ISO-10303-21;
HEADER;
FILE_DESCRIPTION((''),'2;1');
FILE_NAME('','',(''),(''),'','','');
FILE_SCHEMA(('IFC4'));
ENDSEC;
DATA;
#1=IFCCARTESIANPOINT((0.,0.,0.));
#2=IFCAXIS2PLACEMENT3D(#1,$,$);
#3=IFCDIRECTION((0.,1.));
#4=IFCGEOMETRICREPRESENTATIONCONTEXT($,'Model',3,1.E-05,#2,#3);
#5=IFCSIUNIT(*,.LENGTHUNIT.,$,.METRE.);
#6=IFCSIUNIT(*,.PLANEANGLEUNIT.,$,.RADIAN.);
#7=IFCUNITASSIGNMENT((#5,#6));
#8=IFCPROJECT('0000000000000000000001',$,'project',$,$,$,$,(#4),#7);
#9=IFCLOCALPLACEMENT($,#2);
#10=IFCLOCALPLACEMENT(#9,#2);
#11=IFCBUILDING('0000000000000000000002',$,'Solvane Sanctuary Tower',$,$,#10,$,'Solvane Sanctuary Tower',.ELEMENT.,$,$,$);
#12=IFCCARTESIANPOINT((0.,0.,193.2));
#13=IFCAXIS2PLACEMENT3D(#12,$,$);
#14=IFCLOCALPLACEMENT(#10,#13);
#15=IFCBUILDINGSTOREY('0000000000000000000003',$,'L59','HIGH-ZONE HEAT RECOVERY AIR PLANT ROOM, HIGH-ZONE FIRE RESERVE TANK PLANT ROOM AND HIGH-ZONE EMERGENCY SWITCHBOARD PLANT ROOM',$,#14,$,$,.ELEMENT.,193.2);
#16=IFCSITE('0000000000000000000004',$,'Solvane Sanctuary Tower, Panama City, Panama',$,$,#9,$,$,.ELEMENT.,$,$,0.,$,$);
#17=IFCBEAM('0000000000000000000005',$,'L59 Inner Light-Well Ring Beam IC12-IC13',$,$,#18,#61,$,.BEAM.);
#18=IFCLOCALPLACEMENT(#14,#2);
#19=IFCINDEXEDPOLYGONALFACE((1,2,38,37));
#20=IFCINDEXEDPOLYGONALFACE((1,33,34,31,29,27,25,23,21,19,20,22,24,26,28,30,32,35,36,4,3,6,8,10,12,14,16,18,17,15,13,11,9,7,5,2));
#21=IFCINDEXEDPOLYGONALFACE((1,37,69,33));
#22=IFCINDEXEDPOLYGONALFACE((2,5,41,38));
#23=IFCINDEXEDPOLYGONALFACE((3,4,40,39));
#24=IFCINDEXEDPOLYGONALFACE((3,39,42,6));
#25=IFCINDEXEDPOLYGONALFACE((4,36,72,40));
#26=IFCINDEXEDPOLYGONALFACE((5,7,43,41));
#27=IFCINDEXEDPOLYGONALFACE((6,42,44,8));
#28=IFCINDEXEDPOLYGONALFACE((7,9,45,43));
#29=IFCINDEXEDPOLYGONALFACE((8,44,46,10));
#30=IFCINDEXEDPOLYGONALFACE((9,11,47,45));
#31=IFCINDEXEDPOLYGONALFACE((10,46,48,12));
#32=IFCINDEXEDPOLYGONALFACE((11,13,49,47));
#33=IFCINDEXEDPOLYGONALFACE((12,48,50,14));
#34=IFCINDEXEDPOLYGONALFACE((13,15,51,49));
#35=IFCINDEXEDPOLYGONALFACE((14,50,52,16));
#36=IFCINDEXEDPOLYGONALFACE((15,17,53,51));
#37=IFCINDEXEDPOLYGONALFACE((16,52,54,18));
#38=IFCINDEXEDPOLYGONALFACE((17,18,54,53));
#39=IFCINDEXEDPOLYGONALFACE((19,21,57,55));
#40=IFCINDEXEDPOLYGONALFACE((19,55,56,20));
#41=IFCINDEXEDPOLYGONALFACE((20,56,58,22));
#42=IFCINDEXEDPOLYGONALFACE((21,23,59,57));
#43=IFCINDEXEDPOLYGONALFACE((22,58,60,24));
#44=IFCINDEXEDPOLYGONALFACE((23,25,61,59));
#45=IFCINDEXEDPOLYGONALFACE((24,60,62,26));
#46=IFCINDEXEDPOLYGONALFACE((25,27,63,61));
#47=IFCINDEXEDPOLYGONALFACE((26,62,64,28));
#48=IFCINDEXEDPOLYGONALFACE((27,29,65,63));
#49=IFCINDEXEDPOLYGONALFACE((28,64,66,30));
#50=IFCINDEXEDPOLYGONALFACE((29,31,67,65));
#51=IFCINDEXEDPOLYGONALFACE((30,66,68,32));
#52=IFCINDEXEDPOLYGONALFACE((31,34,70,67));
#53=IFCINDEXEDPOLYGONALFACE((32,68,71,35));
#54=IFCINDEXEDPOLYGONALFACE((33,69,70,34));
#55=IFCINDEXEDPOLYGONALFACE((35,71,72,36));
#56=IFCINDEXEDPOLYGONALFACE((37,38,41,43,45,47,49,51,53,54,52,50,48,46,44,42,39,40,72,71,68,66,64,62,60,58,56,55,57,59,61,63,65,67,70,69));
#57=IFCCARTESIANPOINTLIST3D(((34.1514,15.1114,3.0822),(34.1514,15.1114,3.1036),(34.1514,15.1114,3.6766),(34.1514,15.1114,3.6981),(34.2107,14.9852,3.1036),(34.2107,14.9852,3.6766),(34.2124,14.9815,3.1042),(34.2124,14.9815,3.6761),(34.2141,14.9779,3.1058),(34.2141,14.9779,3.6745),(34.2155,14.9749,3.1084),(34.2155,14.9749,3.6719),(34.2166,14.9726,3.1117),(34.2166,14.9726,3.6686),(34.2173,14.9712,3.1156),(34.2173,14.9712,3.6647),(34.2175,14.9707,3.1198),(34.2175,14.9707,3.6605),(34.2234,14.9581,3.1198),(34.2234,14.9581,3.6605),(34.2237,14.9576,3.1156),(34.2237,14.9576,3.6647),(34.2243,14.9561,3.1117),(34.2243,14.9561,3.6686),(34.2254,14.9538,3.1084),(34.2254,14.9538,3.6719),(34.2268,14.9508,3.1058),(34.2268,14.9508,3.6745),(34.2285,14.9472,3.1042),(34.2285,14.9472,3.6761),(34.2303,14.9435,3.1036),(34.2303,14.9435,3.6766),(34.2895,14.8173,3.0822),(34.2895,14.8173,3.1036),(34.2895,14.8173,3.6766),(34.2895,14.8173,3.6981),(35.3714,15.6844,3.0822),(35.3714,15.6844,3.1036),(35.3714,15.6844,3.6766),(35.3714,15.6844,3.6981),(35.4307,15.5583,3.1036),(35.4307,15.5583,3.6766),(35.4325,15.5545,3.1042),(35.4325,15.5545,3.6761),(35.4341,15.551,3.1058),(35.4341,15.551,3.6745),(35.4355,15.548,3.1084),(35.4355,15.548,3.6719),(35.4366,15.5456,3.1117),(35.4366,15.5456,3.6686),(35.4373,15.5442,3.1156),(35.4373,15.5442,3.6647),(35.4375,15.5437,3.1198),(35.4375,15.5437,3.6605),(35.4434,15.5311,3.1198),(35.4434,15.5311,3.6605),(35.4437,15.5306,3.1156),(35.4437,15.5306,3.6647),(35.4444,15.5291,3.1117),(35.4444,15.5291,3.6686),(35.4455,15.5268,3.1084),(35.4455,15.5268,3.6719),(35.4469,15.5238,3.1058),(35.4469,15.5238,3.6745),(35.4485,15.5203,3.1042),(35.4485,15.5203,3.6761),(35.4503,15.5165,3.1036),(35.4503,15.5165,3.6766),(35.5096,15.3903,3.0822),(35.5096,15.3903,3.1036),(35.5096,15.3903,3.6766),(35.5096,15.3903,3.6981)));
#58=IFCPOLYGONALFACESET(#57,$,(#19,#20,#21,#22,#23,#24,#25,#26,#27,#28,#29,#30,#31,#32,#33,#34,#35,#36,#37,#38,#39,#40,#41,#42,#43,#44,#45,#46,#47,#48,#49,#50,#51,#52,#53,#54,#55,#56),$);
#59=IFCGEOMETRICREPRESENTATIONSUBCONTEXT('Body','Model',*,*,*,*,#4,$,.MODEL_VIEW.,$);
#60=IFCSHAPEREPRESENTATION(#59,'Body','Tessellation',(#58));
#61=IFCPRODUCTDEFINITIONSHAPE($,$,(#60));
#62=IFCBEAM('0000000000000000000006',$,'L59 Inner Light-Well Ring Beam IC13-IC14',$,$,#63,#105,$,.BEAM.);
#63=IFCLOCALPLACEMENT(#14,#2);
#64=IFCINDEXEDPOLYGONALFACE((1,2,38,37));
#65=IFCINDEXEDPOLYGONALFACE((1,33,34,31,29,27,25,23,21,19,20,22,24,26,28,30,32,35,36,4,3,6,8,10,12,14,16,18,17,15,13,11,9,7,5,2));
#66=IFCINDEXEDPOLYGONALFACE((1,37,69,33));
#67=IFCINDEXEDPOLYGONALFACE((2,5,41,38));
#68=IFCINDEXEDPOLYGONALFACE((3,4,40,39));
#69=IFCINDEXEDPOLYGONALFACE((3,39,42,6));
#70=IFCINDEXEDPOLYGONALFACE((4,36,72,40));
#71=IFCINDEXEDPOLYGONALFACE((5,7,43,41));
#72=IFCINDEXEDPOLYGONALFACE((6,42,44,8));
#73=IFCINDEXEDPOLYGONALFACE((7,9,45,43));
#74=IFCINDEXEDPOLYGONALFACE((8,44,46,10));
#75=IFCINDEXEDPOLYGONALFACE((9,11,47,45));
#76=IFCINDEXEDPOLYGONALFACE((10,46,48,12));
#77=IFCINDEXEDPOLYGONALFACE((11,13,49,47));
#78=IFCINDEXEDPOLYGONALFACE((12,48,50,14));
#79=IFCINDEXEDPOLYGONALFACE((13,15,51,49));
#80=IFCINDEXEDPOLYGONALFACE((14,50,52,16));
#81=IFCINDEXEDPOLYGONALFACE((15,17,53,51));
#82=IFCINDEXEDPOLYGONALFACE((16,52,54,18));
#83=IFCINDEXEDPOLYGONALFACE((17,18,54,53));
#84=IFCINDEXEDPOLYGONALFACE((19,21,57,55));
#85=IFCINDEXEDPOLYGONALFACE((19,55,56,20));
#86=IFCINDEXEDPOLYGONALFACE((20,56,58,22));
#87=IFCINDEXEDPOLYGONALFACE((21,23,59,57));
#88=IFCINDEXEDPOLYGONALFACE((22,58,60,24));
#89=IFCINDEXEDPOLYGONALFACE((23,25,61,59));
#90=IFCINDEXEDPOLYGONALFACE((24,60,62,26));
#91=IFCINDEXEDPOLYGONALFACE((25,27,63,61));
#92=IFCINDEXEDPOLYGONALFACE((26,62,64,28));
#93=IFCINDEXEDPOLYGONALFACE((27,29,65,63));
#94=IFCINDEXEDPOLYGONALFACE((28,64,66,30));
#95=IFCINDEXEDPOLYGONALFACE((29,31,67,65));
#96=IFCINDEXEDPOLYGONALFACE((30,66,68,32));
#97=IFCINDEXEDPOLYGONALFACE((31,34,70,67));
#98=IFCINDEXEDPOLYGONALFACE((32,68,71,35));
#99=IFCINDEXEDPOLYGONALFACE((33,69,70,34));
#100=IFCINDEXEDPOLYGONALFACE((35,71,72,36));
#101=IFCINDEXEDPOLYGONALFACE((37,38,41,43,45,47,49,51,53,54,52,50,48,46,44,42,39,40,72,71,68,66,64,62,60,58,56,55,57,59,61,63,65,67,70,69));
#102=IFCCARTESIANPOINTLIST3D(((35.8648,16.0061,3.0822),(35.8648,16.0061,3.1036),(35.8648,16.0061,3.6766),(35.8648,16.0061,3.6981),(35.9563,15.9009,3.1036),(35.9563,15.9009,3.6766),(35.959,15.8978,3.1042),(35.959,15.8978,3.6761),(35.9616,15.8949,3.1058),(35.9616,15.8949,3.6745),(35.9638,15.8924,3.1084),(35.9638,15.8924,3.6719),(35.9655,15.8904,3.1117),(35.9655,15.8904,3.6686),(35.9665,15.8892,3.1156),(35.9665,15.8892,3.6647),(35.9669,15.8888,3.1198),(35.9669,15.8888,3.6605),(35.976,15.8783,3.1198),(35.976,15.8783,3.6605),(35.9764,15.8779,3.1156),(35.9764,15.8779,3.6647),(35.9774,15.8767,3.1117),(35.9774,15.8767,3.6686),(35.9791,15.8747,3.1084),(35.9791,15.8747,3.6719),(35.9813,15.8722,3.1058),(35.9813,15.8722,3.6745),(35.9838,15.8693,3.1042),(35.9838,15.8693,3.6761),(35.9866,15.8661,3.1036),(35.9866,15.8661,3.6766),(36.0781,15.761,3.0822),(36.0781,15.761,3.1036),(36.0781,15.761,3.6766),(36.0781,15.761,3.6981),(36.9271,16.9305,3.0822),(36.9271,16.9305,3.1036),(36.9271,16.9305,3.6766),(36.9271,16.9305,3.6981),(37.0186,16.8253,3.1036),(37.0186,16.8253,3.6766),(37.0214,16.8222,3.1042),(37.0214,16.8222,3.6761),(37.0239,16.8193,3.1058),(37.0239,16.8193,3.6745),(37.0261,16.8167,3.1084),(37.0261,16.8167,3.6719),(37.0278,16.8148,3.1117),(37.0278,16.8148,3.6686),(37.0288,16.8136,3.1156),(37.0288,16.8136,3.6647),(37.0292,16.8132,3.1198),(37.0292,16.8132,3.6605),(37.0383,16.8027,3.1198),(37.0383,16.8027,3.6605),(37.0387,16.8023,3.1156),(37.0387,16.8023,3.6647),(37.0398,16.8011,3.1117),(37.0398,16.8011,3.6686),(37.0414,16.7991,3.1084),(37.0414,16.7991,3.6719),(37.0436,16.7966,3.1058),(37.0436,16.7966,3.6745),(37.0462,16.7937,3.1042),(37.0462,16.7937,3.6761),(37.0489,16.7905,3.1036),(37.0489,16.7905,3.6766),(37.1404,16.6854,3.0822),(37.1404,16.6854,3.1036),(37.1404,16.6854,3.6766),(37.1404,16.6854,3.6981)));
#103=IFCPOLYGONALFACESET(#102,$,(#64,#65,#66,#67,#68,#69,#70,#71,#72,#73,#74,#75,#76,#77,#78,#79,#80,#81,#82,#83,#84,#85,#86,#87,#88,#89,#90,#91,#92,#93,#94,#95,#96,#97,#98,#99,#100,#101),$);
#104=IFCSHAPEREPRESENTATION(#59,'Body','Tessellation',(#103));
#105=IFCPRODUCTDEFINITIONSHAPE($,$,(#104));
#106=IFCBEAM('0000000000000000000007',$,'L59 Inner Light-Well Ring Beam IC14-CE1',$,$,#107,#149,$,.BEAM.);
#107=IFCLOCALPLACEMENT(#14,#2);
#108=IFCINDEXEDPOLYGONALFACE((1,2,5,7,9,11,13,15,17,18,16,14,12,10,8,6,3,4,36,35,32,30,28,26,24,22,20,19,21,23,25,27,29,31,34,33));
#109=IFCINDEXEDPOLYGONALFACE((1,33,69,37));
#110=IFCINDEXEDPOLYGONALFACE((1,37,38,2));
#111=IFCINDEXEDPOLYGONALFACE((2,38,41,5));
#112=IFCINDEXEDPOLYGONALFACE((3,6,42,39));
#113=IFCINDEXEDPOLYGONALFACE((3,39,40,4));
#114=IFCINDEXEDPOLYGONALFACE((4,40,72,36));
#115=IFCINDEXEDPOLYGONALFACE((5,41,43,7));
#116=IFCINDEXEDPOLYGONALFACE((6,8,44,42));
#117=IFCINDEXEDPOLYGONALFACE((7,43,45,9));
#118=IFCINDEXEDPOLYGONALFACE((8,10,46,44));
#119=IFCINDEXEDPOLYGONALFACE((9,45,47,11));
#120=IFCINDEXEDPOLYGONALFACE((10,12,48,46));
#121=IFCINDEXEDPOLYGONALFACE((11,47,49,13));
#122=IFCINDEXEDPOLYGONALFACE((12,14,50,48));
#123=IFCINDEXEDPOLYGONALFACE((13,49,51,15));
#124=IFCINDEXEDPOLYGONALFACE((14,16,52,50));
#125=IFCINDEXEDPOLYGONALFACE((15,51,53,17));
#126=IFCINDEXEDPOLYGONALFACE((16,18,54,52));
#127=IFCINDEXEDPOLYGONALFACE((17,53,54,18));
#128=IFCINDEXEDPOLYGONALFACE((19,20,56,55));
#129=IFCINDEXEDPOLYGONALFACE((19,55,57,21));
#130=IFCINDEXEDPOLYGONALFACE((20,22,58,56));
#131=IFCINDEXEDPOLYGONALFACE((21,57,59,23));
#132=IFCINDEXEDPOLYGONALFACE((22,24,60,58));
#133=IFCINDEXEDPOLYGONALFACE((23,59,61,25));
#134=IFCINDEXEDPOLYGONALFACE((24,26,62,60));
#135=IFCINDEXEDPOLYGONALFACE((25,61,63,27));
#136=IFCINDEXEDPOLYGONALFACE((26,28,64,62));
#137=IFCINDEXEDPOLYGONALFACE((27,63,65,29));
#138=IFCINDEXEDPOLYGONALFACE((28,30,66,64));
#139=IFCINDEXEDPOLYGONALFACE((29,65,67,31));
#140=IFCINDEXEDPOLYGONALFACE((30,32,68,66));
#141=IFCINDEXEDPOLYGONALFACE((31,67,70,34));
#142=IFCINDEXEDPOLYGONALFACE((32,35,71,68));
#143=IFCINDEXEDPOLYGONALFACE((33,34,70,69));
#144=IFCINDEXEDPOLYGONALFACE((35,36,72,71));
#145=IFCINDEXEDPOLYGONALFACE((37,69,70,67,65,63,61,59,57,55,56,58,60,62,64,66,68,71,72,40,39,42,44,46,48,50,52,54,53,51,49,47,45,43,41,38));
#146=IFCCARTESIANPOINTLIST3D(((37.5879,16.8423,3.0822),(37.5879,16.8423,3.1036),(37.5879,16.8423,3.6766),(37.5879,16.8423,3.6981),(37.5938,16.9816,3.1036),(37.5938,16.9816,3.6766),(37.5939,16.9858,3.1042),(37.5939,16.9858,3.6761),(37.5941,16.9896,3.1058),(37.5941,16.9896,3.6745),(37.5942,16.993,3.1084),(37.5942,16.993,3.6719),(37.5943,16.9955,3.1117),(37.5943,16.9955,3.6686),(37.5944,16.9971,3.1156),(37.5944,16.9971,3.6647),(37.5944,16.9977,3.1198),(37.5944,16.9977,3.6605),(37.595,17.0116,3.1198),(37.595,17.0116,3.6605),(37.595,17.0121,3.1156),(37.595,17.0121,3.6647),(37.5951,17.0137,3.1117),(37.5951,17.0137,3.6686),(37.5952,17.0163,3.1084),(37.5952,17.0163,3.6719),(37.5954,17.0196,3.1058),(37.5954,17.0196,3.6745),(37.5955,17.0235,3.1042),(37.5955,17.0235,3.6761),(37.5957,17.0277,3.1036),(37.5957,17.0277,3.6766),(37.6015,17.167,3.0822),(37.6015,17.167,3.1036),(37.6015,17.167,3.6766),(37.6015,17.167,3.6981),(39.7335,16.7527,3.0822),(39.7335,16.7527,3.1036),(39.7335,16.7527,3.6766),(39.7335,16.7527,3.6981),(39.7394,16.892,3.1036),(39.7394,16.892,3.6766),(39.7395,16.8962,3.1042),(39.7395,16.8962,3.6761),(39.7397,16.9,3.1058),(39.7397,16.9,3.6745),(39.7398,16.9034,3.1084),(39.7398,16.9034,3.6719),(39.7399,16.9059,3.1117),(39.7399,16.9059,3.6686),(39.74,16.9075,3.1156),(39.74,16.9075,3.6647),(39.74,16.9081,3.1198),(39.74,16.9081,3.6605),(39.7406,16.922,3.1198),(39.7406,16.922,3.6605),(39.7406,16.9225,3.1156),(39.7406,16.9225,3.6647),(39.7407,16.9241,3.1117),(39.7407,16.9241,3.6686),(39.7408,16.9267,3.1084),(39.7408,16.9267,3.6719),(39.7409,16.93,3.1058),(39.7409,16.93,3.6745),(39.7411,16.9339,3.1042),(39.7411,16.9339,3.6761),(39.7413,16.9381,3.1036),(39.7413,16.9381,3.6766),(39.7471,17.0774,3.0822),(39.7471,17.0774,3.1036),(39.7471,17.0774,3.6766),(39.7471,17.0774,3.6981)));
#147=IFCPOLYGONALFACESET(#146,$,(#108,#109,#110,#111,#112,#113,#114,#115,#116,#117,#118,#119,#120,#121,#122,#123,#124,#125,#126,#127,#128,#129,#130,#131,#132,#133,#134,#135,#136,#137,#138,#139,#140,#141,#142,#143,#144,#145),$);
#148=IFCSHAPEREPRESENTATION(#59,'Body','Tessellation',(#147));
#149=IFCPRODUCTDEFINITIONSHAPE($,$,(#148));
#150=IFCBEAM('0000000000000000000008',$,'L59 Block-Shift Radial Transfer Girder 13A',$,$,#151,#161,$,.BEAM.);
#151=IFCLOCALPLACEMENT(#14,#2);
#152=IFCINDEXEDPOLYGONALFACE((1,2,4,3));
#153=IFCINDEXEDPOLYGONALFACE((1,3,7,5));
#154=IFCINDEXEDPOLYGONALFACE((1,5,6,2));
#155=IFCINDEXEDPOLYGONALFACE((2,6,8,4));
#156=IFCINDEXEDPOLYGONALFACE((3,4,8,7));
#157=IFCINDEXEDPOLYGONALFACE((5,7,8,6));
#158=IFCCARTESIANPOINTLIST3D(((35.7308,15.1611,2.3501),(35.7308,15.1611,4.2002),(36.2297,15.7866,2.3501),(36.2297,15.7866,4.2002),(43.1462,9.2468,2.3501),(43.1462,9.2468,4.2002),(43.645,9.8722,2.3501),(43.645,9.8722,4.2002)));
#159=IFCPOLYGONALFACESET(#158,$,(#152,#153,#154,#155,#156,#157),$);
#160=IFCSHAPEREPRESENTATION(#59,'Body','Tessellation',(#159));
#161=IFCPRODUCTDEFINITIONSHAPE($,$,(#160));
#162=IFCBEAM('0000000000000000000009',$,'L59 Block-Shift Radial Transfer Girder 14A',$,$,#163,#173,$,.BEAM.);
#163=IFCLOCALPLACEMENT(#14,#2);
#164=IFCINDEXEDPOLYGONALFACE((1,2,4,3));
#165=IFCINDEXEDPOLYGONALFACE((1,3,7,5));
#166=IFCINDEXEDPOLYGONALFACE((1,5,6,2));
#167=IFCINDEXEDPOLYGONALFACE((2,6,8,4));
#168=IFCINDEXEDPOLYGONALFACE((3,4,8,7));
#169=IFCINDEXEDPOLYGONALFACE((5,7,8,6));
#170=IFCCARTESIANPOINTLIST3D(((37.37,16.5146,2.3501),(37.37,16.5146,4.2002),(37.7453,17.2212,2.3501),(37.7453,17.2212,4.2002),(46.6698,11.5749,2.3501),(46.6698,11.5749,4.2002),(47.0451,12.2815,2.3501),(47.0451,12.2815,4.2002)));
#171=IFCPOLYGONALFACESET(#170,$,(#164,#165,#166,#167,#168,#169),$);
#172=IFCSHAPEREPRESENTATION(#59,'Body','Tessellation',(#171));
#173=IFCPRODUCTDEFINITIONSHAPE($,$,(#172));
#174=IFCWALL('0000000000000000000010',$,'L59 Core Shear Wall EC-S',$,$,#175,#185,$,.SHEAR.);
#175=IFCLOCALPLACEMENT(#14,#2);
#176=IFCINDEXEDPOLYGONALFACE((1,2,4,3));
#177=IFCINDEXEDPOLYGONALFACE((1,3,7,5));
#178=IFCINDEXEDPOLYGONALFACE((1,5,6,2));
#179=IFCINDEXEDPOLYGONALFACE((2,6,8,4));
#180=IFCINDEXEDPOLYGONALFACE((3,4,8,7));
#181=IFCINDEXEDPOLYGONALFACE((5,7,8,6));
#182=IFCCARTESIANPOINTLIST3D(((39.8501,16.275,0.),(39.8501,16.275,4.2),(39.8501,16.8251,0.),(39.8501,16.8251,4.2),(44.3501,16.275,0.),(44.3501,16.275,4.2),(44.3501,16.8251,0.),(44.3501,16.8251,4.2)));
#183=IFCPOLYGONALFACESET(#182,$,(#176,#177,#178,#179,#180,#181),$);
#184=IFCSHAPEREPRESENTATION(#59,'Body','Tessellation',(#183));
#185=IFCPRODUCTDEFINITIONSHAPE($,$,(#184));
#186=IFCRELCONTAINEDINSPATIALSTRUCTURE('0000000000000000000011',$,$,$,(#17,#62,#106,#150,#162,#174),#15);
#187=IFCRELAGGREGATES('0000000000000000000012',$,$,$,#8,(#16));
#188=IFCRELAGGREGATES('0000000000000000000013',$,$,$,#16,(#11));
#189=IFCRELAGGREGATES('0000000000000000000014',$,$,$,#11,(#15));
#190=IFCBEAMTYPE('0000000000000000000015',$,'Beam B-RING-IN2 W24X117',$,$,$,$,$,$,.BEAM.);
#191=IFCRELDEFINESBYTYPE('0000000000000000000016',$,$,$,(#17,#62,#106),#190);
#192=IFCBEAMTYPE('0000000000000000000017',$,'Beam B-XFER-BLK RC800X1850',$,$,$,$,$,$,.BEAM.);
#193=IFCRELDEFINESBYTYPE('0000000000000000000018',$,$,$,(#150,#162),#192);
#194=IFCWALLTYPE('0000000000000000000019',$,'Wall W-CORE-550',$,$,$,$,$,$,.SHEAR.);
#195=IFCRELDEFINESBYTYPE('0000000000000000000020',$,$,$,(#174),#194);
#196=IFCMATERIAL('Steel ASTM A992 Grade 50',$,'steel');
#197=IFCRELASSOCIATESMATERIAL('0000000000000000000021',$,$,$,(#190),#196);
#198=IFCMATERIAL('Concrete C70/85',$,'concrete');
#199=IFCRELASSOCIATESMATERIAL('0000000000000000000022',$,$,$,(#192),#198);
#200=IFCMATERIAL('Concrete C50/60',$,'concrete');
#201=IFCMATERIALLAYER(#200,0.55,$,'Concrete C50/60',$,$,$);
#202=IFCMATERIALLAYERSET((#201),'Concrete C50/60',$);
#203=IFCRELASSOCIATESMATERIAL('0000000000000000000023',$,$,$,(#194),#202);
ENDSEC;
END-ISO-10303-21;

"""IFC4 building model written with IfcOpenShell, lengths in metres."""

from ifc_helpers import new_model, si_unit, direction, frame, frame_2d, origin, origin_2d, place, context, subcontext, project, spatial, rectangle, i_section, extrude, material, layer, layer_set, material_profile, profile_set, type_object, element, save


model = new_model("IFC4")

# Units and contexts
model_context = context("Model", 3, precision=1e-05, world=origin(), true_north=direction((0.0, 1.0)))
body_context = subcontext(model_context, "Body", "Model", "MODEL_VIEW")
ifc_project = project(units=[si_unit("LENGTHUNIT", "METRE"), si_unit("PLANEANGLEUNIT", "RADIAN")], contexts=[model_context])

# Site, building, storey
site_placement = place(None, origin())
site = spatial("IfcSite", under=ifc_project, at=site_placement, Name="Solvane Sanctuary Tower, Panama City, Panama", CompositionType="ELEMENT", RefElevation=0.0)
building_placement = place(site_placement, origin())
building = spatial("IfcBuilding", under=site, at=building_placement, Name="Solvane Sanctuary Tower", LongName="Solvane Sanctuary Tower", CompositionType="ELEMENT")
storey_placement = place(building_placement, frame((0.0, 0.0, 193.2)))
storey = spatial("IfcBuildingStorey", under=building, at=storey_placement, Name="L59", Description="HIGH-ZONE HEAT RECOVERY AIR PLANT ROOM, HIGH-ZONE FIRE RESERVE TANK PLANT ROOM AND HIGH-ZONE EMERGENCY SWITCHBOARD PLANT ROOM", CompositionType="ELEMENT", Elevation=193.2)

# Shared definitions
ifc_material_1 = material(Name="Concrete C50/60", Category="concrete")
ifc_material_2 = material(Name="Concrete C70/85", Category="concrete")

# Beams
ifc_material_3 = material(Name="Steel ASTM A992 Grade 50", Category="steel")
ifc_material_profile_1 = material_profile(ifc_material_3, i_section(OverallWidth=0.325, OverallDepth=0.616, WebThickness=0.0139, FlangeThickness=0.0215, FilletRadius=0.0161, at=origin_2d()), Name="W24X117")
ifc_profile_set_1 = profile_set([ifc_material_profile_1], Name="Steel ASTM A992 Grade 50")
beam_type_1 = type_object("IfcBeamType", Name="Beam B-RING-IN2 W24X117", PredefinedType="BEAM", material=ifc_profile_set_1)
beam_1_placement = place(storey_placement, frame((34.2205, 14.9644, 3.3901), z_axis=(0.905135, 0.425125, 0.0), x_axis=(-0.425125, 0.905135, 0.0)))
element("IfcBeam", 1, at=beam_1_placement, inside=storey, type_object=beam_type_1, Name="L59 Inner Light-Well Ring Beam IC12-IC13", PredefinedType="BEAM", context=body_context, shape_type="SweptSolid", body=[
    extrude(i_section(OverallWidth=0.325, OverallDepth=0.616, WebThickness=0.0139, FlangeThickness=0.0215, FilletRadius=0.0161, at=origin_2d()), origin(), (0.0, 0.0, 1.0), 1.3479),
])
beam_2_placement = place(storey_placement, frame((35.9714, 15.8835, 3.3901), z_axis=(0.754389, 0.656428, 0.0), x_axis=(-0.656428, 0.754389, 0.0)))
element("IfcBeam", 2, at=beam_2_placement, inside=storey, type_object=beam_type_1, Name="L59 Inner Light-Well Ring Beam IC13-IC14", PredefinedType="BEAM", context=body_context, shape_type="SweptSolid", body=[
    extrude(i_section(OverallWidth=0.325, OverallDepth=0.616, WebThickness=0.0139, FlangeThickness=0.0215, FilletRadius=0.0161, at=origin_2d()), origin(), (0.0, 0.0, 1.0), 1.4082),
])
beam_3_placement = place(storey_placement, frame((37.5947, 17.0046, 3.3901), z_axis=(0.999129, -0.041725, 0.0), x_axis=(0.041725, 0.999129, 0.0)))
element("IfcBeam", 3, at=beam_3_placement, inside=storey, type_object=beam_type_1, Name="L59 Inner Light-Well Ring Beam IC14-CE1", PredefinedType="BEAM", context=body_context, shape_type="SweptSolid", body=[
    extrude(i_section(OverallWidth=0.325, OverallDepth=0.616, WebThickness=0.0139, FlangeThickness=0.0215, FilletRadius=0.0161, at=origin_2d()), origin(), (0.0, 0.0, 1.0), 2.1475),
])
ifc_material_profile_2 = material_profile(ifc_material_2, rectangle(XDim=0.8, YDim=1.8501, at=origin_2d()), Name="RC800X1850")
ifc_profile_set_2 = profile_set([ifc_material_profile_2], Name="Concrete C70/85")
beam_type_2 = type_object("IfcBeamType", Name="Beam B-XFER-BLK RC800X1850", PredefinedType="BEAM", material=ifc_profile_set_2)
beam_4_placement = place(storey_placement, frame((35.9802, 15.4739, 3.2751), z_axis=(0.78179, -0.623542, 0.0), x_axis=(0.623542, 0.78179, 0.0)))
element("IfcBeam", 4, at=beam_4_placement, inside=storey, type_object=beam_type_2, Name="L59 Block-Shift Radial Transfer Girder 13A", PredefinedType="BEAM", context=body_context, shape_type="SweptSolid", body=[
    extrude(rectangle(XDim=0.8, YDim=1.8501, at=origin_2d()), origin(), (0.0, 0.0, 1.0), 9.4851),
])
beam_5_placement = place(storey_placement, frame((37.5576, 16.8679, 3.2751), z_axis=(0.883148, -0.469094, 0.0), x_axis=(0.469094, 0.883148, 0.0)))
element("IfcBeam", 5, at=beam_5_placement, inside=storey, type_object=beam_type_2, Name="L59 Block-Shift Radial Transfer Girder 14A", PredefinedType="BEAM", context=body_context, shape_type="SweptSolid", body=[
    extrude(rectangle(XDim=0.8, YDim=1.8501, at=origin_2d()), origin(), (0.0, 0.0, 1.0), 10.5303),
])

# Wall
ifc_layer_1 = layer(ifc_material_1, 0.55, Name="Concrete C50/60")
ifc_layer_set_1 = layer_set([ifc_layer_1], Name="Concrete C50/60")
wall_type_1 = type_object("IfcWallType", Name="Wall W-CORE-550", PredefinedType="SHEAR", material=ifc_layer_set_1)
wall_1_placement = place(storey_placement, frame((39.8501, 16.55, 0.0), z_axis=(0.0, 0.0, 1.0), x_axis=(1.0, 0.0, 0.0)))
element("IfcWall", 6, at=wall_1_placement, inside=storey, type_object=wall_type_1, Name="L59 Core Shear Wall EC-S", PredefinedType="SHEAR", context=body_context, shape_type="SweptSolid", body=[
    extrude(rectangle(XDim=4.5, YDim=0.55, at=frame_2d((2.25, 0.0))), origin(), (0.0, 0.0, 1.0), 4.2),
])

save(model, "model.ifc")
